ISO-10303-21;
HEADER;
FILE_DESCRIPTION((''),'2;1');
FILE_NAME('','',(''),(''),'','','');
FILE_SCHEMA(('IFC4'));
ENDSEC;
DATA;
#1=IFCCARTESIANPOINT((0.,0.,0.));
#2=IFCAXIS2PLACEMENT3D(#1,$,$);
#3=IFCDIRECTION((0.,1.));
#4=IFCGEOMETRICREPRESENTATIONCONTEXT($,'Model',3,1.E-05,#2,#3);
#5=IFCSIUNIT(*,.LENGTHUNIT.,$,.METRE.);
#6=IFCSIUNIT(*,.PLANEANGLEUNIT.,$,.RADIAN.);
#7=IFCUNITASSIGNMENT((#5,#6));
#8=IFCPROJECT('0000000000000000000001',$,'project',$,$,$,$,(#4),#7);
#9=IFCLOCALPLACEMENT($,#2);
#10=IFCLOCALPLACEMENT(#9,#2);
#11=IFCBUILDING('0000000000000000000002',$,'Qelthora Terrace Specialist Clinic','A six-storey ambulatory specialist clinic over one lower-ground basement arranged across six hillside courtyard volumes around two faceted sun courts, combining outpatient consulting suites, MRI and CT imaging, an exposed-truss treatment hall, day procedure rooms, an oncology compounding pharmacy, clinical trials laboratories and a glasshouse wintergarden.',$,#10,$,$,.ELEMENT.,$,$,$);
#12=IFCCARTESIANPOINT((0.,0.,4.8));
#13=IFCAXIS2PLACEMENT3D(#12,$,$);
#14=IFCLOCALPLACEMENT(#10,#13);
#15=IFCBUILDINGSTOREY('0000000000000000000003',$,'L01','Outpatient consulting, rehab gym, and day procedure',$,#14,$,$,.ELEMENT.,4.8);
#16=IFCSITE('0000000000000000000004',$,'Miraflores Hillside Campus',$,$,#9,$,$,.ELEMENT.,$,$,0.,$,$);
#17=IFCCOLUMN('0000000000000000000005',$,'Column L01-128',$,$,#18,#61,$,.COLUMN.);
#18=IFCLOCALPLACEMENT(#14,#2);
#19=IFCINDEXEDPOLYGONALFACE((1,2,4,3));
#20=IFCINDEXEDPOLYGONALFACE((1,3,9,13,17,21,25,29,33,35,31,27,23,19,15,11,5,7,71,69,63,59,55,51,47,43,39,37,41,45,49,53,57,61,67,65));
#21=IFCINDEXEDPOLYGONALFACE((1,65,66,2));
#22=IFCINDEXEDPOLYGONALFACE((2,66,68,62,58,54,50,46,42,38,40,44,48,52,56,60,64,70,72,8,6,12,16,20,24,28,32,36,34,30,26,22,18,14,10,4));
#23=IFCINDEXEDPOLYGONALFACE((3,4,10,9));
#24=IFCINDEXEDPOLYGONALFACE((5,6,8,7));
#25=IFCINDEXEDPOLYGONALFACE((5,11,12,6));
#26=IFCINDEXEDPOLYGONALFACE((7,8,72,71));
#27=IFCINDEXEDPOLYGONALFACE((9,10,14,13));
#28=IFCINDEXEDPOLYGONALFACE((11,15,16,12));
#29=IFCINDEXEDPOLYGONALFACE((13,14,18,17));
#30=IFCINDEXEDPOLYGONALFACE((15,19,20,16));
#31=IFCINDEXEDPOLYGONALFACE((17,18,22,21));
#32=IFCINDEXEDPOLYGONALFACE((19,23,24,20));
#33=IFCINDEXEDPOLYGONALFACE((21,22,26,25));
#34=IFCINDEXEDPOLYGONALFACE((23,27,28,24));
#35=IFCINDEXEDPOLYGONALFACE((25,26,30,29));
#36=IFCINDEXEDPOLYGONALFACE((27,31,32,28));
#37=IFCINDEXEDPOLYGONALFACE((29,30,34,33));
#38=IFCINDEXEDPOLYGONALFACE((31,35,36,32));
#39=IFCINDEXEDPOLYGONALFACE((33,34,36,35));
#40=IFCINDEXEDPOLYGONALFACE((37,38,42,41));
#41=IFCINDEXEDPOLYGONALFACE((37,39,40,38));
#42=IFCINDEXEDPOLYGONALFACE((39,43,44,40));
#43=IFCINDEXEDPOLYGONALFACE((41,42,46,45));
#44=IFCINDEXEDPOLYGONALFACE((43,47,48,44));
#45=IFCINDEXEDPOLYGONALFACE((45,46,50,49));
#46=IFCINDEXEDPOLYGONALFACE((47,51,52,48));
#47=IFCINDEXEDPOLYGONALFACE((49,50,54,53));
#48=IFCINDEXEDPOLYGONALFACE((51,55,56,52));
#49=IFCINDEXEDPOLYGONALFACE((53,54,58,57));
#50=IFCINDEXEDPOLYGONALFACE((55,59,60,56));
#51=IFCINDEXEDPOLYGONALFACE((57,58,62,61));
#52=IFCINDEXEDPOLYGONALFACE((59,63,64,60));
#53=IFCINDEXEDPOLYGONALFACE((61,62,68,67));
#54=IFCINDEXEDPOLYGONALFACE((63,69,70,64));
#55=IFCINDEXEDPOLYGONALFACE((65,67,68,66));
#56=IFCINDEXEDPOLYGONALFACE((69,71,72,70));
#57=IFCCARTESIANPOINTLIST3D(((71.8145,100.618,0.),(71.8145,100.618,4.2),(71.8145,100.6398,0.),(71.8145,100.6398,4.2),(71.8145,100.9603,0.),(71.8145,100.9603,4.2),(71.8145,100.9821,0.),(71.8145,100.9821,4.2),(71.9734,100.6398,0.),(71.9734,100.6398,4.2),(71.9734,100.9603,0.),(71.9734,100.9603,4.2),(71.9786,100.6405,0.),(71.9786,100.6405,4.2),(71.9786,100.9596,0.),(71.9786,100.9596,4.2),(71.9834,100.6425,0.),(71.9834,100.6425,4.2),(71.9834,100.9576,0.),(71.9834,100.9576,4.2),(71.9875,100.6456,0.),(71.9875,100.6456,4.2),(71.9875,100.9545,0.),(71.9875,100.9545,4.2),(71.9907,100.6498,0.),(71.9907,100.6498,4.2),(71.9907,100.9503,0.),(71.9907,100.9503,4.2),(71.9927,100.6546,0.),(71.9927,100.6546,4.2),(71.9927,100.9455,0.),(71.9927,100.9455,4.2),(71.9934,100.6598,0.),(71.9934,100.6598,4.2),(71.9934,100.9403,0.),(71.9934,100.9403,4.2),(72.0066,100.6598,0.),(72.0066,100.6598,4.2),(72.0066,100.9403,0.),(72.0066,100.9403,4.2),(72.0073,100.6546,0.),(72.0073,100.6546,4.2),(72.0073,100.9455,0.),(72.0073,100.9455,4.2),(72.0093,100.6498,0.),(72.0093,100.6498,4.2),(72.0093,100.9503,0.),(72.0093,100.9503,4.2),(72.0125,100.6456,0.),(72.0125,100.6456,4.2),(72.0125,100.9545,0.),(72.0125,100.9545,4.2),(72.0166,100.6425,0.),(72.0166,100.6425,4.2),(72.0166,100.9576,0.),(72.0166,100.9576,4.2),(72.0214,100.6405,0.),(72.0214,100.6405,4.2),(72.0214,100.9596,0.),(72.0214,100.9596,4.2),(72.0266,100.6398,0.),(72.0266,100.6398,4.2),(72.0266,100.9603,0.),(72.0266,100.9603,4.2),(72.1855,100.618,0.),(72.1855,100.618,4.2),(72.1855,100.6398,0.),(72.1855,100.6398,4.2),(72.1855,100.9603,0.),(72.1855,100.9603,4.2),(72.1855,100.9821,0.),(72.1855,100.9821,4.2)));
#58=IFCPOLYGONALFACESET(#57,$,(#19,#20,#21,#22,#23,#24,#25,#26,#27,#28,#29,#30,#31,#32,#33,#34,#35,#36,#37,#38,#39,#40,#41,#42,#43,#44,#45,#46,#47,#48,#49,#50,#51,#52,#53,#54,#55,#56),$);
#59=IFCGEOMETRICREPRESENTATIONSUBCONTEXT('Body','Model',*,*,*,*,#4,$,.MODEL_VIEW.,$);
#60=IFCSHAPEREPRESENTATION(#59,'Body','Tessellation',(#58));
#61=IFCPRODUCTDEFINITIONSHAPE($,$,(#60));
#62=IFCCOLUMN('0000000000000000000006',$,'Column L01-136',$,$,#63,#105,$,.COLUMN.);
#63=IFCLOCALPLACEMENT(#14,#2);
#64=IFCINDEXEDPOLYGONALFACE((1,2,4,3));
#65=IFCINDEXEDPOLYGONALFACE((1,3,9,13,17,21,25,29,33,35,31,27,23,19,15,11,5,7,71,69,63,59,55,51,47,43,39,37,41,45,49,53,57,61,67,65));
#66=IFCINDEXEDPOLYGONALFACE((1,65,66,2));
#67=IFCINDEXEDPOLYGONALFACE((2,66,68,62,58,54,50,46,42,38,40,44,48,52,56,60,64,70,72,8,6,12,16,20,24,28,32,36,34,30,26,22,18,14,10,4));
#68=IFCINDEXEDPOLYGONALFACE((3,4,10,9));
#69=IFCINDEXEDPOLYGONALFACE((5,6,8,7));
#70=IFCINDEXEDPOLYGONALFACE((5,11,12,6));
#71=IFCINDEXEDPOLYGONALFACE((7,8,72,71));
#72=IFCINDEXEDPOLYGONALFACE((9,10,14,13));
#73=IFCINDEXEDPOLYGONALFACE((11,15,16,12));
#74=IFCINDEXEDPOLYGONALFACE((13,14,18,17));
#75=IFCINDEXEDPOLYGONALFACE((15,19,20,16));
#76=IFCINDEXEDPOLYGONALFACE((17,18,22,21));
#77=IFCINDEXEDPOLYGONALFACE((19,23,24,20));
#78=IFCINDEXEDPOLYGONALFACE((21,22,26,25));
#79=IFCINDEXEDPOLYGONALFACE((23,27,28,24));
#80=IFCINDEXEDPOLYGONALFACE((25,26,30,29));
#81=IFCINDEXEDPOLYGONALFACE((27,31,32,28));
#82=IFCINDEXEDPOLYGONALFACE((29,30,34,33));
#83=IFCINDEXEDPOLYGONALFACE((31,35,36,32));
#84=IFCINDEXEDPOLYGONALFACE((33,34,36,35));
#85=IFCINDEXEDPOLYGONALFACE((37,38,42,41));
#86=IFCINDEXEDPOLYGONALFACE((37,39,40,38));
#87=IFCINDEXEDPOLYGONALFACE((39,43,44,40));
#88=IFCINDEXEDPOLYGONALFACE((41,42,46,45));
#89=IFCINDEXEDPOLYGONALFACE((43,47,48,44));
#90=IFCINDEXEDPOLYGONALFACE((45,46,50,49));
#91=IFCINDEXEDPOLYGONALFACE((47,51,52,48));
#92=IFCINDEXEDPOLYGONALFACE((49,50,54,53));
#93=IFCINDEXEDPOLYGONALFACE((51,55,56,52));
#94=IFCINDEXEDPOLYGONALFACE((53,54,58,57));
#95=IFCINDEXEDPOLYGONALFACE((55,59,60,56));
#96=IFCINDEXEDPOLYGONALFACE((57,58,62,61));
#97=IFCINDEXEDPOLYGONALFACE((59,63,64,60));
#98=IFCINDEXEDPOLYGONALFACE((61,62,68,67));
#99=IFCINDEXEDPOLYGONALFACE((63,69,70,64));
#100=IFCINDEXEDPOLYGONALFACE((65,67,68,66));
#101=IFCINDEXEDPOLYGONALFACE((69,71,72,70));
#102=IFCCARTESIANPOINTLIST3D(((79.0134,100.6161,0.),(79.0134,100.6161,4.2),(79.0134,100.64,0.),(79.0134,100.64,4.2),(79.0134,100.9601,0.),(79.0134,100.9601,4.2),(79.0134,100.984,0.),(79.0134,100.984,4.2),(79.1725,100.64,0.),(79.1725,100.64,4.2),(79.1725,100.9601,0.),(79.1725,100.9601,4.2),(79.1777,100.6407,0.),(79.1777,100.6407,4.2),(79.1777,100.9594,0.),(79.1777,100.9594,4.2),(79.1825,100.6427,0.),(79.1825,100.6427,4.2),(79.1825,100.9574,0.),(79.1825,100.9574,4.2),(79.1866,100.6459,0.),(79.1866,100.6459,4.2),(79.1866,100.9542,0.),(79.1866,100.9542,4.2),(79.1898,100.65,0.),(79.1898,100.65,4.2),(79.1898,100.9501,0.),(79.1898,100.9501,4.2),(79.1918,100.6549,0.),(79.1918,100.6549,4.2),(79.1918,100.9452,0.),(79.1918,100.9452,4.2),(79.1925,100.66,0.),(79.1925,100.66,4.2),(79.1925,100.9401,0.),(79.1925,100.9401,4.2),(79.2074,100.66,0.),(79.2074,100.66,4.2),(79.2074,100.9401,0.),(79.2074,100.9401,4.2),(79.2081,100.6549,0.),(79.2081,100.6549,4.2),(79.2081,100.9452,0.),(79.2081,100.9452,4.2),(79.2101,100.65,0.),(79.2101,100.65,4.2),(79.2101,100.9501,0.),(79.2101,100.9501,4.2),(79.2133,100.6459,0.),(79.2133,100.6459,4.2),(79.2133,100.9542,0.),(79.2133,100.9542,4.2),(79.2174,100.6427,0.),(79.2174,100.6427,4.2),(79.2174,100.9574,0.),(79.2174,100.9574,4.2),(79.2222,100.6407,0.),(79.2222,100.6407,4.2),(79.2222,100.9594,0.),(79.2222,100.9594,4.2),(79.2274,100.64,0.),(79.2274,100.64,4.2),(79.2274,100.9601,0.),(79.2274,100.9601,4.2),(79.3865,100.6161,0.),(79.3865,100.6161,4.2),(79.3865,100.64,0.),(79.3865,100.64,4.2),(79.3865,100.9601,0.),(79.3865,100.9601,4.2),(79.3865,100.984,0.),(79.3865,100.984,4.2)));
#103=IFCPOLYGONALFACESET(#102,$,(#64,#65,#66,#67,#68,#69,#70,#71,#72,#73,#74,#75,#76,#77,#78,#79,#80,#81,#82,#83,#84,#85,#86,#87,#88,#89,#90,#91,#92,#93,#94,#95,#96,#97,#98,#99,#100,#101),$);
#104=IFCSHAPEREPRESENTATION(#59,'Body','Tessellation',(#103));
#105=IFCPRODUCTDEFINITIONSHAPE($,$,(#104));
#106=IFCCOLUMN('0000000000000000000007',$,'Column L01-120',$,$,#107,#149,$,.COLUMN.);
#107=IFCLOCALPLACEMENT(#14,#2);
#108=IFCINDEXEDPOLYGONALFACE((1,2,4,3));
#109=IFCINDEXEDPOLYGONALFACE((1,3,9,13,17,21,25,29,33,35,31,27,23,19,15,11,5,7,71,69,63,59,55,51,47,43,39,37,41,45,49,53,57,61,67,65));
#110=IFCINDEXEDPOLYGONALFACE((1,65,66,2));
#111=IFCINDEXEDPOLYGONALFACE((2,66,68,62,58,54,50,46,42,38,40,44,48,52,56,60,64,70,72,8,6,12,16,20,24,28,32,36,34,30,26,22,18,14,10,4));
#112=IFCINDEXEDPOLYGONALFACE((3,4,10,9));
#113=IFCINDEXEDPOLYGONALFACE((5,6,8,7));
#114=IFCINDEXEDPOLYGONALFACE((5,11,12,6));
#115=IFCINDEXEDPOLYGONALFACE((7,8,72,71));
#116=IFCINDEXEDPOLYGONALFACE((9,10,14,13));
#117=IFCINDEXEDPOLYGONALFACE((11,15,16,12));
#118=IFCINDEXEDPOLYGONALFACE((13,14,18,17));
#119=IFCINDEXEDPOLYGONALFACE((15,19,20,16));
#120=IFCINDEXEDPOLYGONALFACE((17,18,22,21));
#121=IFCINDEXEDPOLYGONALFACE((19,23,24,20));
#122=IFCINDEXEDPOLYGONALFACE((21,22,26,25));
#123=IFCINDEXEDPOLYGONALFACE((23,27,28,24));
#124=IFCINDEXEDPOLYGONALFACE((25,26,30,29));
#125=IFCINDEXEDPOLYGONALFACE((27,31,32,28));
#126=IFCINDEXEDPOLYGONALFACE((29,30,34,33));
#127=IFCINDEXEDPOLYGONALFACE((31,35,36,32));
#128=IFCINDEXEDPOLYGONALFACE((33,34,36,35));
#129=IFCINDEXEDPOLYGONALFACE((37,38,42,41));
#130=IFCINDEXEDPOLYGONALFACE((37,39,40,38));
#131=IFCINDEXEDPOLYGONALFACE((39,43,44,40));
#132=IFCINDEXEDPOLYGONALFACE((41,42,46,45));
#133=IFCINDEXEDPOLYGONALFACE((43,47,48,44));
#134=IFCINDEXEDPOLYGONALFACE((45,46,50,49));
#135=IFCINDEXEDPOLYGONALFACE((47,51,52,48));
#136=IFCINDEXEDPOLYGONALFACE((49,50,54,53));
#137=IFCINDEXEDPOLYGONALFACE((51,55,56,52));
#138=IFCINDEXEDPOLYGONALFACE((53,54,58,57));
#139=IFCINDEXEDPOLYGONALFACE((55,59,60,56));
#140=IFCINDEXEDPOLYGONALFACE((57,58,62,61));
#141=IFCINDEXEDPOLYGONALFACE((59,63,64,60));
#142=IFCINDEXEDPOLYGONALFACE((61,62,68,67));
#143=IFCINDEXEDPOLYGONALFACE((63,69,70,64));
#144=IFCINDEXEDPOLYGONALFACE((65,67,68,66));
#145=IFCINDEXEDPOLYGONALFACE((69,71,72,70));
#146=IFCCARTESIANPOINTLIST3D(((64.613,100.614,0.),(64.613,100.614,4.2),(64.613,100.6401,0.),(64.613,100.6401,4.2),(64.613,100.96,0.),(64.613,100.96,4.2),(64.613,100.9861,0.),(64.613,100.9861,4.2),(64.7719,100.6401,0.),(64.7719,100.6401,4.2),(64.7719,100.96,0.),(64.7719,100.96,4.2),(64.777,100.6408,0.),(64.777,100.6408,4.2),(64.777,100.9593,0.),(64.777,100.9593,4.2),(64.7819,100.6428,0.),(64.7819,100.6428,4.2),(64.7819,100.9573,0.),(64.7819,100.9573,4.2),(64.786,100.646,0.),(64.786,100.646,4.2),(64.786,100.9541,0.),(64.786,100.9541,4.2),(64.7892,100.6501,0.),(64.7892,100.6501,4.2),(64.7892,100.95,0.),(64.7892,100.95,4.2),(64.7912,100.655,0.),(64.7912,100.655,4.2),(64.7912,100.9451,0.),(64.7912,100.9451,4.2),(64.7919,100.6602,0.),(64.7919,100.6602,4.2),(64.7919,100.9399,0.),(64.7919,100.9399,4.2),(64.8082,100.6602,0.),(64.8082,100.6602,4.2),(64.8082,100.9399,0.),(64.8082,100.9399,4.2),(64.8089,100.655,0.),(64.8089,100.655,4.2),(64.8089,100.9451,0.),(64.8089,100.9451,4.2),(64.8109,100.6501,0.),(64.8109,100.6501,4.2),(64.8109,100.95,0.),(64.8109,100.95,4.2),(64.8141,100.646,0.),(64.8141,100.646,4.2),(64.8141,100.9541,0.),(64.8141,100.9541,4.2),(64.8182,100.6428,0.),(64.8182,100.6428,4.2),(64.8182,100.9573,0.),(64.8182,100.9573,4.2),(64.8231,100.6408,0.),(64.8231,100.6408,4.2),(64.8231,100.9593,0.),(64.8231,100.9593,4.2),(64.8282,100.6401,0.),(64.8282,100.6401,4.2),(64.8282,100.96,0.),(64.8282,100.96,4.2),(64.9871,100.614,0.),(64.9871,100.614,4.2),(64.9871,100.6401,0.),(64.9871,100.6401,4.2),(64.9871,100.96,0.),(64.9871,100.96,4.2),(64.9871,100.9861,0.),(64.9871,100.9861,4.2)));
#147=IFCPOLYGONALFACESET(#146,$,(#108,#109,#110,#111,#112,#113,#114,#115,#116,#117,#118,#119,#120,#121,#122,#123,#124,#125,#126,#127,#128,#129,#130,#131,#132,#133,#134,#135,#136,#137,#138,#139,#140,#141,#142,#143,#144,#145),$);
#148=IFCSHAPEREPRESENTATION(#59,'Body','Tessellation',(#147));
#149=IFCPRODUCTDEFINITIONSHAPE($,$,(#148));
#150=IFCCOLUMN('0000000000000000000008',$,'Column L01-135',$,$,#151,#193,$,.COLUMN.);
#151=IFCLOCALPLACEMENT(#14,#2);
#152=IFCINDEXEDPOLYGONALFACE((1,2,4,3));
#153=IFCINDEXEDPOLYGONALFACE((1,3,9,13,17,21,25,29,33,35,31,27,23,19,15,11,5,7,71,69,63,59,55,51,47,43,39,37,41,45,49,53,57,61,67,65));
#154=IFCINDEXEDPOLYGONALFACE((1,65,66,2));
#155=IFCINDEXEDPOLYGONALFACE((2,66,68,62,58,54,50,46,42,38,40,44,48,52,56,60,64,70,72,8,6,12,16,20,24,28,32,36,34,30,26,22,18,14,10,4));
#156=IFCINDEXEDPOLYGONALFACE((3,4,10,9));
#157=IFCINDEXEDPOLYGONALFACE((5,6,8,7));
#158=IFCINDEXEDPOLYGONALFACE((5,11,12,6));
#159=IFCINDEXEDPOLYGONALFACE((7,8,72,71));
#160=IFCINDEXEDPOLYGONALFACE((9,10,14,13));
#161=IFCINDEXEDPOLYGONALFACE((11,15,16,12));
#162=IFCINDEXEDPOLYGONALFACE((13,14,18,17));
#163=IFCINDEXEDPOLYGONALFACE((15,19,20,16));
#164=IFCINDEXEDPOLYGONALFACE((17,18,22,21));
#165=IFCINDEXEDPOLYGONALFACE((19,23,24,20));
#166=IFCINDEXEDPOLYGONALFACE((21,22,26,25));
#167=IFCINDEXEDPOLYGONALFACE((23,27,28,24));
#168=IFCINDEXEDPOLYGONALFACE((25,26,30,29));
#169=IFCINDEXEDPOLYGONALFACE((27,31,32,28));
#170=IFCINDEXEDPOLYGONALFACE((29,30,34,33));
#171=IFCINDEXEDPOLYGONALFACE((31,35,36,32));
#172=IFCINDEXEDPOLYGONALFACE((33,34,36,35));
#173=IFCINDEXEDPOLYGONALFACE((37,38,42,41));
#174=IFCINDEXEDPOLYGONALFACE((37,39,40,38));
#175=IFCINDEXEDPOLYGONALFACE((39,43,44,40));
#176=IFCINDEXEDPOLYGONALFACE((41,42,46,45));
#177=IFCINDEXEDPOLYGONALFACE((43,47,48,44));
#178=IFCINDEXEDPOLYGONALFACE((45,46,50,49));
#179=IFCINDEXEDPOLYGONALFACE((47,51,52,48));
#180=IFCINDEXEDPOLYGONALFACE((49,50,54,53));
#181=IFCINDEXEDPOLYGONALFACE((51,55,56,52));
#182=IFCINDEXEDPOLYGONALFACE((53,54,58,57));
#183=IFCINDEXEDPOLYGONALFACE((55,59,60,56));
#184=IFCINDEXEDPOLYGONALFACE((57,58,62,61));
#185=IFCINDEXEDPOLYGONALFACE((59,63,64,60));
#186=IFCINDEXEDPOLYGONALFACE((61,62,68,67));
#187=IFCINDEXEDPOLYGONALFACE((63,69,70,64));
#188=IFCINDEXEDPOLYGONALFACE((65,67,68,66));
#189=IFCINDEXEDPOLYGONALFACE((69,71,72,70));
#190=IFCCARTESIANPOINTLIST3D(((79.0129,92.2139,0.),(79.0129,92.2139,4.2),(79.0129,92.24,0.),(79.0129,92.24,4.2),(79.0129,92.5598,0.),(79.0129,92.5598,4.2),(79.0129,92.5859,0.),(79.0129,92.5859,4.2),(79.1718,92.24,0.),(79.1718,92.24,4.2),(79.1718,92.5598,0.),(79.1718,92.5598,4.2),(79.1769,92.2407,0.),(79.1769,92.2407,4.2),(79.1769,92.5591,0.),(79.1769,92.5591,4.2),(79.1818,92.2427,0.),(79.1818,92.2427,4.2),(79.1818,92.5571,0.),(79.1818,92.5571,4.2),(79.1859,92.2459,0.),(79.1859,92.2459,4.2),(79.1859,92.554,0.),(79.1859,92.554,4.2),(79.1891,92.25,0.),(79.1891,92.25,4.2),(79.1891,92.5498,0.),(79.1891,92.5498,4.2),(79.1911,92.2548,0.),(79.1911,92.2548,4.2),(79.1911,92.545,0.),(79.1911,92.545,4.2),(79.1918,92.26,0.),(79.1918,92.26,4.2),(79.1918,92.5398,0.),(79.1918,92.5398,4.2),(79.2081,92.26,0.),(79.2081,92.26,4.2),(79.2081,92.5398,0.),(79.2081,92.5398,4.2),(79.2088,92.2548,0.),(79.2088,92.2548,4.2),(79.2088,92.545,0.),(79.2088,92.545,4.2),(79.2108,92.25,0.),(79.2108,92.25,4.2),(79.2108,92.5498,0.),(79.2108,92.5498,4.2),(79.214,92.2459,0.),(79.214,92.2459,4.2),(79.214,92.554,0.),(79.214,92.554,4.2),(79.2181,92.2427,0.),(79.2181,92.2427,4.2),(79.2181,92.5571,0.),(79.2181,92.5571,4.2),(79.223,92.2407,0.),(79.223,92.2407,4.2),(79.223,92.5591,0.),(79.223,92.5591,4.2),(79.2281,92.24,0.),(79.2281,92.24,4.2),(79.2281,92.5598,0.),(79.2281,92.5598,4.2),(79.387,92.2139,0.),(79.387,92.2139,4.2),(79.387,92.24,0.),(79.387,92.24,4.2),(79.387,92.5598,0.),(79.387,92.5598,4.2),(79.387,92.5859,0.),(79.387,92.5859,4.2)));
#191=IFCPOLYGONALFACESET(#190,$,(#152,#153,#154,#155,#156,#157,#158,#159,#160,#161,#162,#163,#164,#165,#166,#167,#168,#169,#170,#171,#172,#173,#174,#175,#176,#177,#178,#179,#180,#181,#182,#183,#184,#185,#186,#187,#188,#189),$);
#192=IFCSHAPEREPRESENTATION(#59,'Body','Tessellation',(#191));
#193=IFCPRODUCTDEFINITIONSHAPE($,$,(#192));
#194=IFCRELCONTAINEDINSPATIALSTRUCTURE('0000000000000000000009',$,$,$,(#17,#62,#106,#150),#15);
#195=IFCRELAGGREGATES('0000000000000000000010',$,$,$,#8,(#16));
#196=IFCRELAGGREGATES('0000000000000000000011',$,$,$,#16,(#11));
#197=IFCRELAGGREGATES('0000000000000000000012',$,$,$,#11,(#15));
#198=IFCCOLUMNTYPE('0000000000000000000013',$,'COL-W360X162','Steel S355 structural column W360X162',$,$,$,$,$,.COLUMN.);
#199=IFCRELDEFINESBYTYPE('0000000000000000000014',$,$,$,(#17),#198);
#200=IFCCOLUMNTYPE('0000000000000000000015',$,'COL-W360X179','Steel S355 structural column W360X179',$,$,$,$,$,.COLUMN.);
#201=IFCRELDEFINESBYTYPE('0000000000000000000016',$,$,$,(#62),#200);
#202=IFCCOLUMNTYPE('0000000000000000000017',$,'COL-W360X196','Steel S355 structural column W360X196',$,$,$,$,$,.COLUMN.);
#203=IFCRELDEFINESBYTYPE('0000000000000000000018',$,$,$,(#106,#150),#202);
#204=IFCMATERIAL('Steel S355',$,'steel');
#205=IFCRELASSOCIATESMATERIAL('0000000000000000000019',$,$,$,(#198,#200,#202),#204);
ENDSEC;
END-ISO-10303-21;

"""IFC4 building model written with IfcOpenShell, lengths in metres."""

from ifc_helpers import new_model, si_unit, direction, frame, origin, origin_2d, place, context, subcontext, project, spatial, i_section, extrude, material, material_profile, profile_set, type_object, element, save


model = new_model("IFC4")

# Units and contexts
model_context = context("Model", 3, precision=1e-05, world=origin(), true_north=direction((0.0, 1.0)))
body_context = subcontext(model_context, "Body", "Model", "MODEL_VIEW")
ifc_project = project(units=[si_unit("LENGTHUNIT", "METRE"), si_unit("PLANEANGLEUNIT", "RADIAN")], contexts=[model_context])

# Site, building, storey
site_placement = place(None, origin())
site = spatial("IfcSite", under=ifc_project, at=site_placement, Name="Miraflores Hillside Campus", CompositionType="ELEMENT", RefElevation=0.0)
building_placement = place(site_placement, origin())
building = spatial("IfcBuilding", under=site, at=building_placement, Name="Qelthora Terrace Specialist Clinic", Description="A six-storey ambulatory specialist clinic over one lower-ground basement arranged across six hillside courtyard volumes around two faceted sun courts, combining outpatient consulting suites, MRI and CT imaging, an exposed-truss treatment hall, day procedure rooms, an oncology compounding pharmacy, clinical trials laboratories and a glasshouse wintergarden.", CompositionType="ELEMENT")
storey_placement = place(building_placement, frame((0.0, 0.0, 4.8)))
storey = spatial("IfcBuildingStorey", under=building, at=storey_placement, Name="L01", Description="Outpatient consulting, rehab gym, and day procedure", CompositionType="ELEMENT", Elevation=4.8)

# Columns
ifc_material_1 = material(Name="Steel S355", Category="steel")
ifc_material_profile_1 = material_profile(ifc_material_1, i_section(OverallWidth=0.3711, OverallDepth=0.364, WebThickness=0.0132, FlangeThickness=0.0217, FilletRadius=0.02, at=origin_2d()), Name="W360X162")
ifc_profile_set_1 = profile_set([ifc_material_profile_1], Name="Steel S355")
column_type_1 = type_object("IfcColumnType", Name="COL-W360X162", Description="Steel S355 structural column W360X162", PredefinedType="COLUMN", material=ifc_profile_set_1)
column_1_placement = place(storey_placement, frame((72.0, 100.8, 0.0), z_axis=(0.0, 0.0, 1.0), x_axis=(1.0, 0.0, 0.0)))
element("IfcColumn", 1, at=column_1_placement, inside=storey, type_object=column_type_1, Name="Column L01-128", PredefinedType="COLUMN", context=body_context, shape_type="SweptSolid", body=[
    extrude(i_section(OverallWidth=0.3711, OverallDepth=0.364, WebThickness=0.0132, FlangeThickness=0.0217, FilletRadius=0.02, at=origin_2d()), origin(), (0.0, 0.0, 1.0), 4.2),
])
ifc_material_profile_2 = material_profile(ifc_material_1, i_section(OverallWidth=0.373, OverallDepth=0.3679, WebThickness=0.0149, FlangeThickness=0.0239, FilletRadius=0.02, at=origin_2d()), Name="W360X179")
ifc_profile_set_2 = profile_set([ifc_material_profile_2], Name="Steel S355")
column_type_2 = type_object("IfcColumnType", Name="COL-W360X179", Description="Steel S355 structural column W360X179", PredefinedType="COLUMN", material=ifc_profile_set_2)
column_2_placement = place(storey_placement, frame((79.2, 100.8, 0.0), z_axis=(0.0, 0.0, 1.0), x_axis=(1.0, 0.0, 0.0)))
element("IfcColumn", 2, at=column_2_placement, inside=storey, type_object=column_type_2, Name="Column L01-136", PredefinedType="COLUMN", context=body_context, shape_type="SweptSolid", body=[
    extrude(i_section(OverallWidth=0.373, OverallDepth=0.3679, WebThickness=0.0149, FlangeThickness=0.0239, FilletRadius=0.02, at=origin_2d()), origin(), (0.0, 0.0, 1.0), 4.2),
])
ifc_material_profile_3 = material_profile(ifc_material_1, i_section(OverallWidth=0.374, OverallDepth=0.3721, WebThickness=0.0164, FlangeThickness=0.0261, FilletRadius=0.02, at=origin_2d()), Name="W360X196")
ifc_profile_set_3 = profile_set([ifc_material_profile_3], Name="Steel S355")
column_type_3 = type_object("IfcColumnType", Name="COL-W360X196", Description="Steel S355 structural column W360X196", PredefinedType="COLUMN", material=ifc_profile_set_3)
for number, where, z_axis, x_axis, name in (
    (3, (64.8, 100.8, 0.0), (0.0, 0.0, 1.0), (1.0, 0.0, 0.0), "Column L01-120"),
    (4, (79.2, 92.3999, 0.0), (0.0, 0.0, 1.0), (1.0, 0.0, 0.0), "Column L01-135"),
):
    element("IfcColumn", number, at=place(storey_placement, frame(where, z_axis=z_axis, x_axis=x_axis)), inside=storey, type_object=column_type_3, Name=name, PredefinedType="COLUMN", context=body_context, shape_type="SweptSolid", body=[
        extrude(i_section(OverallWidth=0.374, OverallDepth=0.3721, WebThickness=0.0164, FlangeThickness=0.0261, FilletRadius=0.02, at=origin_2d()), origin(), (0.0, 0.0, 1.0), 4.2),
    ])

save(model, "model.ifc")
